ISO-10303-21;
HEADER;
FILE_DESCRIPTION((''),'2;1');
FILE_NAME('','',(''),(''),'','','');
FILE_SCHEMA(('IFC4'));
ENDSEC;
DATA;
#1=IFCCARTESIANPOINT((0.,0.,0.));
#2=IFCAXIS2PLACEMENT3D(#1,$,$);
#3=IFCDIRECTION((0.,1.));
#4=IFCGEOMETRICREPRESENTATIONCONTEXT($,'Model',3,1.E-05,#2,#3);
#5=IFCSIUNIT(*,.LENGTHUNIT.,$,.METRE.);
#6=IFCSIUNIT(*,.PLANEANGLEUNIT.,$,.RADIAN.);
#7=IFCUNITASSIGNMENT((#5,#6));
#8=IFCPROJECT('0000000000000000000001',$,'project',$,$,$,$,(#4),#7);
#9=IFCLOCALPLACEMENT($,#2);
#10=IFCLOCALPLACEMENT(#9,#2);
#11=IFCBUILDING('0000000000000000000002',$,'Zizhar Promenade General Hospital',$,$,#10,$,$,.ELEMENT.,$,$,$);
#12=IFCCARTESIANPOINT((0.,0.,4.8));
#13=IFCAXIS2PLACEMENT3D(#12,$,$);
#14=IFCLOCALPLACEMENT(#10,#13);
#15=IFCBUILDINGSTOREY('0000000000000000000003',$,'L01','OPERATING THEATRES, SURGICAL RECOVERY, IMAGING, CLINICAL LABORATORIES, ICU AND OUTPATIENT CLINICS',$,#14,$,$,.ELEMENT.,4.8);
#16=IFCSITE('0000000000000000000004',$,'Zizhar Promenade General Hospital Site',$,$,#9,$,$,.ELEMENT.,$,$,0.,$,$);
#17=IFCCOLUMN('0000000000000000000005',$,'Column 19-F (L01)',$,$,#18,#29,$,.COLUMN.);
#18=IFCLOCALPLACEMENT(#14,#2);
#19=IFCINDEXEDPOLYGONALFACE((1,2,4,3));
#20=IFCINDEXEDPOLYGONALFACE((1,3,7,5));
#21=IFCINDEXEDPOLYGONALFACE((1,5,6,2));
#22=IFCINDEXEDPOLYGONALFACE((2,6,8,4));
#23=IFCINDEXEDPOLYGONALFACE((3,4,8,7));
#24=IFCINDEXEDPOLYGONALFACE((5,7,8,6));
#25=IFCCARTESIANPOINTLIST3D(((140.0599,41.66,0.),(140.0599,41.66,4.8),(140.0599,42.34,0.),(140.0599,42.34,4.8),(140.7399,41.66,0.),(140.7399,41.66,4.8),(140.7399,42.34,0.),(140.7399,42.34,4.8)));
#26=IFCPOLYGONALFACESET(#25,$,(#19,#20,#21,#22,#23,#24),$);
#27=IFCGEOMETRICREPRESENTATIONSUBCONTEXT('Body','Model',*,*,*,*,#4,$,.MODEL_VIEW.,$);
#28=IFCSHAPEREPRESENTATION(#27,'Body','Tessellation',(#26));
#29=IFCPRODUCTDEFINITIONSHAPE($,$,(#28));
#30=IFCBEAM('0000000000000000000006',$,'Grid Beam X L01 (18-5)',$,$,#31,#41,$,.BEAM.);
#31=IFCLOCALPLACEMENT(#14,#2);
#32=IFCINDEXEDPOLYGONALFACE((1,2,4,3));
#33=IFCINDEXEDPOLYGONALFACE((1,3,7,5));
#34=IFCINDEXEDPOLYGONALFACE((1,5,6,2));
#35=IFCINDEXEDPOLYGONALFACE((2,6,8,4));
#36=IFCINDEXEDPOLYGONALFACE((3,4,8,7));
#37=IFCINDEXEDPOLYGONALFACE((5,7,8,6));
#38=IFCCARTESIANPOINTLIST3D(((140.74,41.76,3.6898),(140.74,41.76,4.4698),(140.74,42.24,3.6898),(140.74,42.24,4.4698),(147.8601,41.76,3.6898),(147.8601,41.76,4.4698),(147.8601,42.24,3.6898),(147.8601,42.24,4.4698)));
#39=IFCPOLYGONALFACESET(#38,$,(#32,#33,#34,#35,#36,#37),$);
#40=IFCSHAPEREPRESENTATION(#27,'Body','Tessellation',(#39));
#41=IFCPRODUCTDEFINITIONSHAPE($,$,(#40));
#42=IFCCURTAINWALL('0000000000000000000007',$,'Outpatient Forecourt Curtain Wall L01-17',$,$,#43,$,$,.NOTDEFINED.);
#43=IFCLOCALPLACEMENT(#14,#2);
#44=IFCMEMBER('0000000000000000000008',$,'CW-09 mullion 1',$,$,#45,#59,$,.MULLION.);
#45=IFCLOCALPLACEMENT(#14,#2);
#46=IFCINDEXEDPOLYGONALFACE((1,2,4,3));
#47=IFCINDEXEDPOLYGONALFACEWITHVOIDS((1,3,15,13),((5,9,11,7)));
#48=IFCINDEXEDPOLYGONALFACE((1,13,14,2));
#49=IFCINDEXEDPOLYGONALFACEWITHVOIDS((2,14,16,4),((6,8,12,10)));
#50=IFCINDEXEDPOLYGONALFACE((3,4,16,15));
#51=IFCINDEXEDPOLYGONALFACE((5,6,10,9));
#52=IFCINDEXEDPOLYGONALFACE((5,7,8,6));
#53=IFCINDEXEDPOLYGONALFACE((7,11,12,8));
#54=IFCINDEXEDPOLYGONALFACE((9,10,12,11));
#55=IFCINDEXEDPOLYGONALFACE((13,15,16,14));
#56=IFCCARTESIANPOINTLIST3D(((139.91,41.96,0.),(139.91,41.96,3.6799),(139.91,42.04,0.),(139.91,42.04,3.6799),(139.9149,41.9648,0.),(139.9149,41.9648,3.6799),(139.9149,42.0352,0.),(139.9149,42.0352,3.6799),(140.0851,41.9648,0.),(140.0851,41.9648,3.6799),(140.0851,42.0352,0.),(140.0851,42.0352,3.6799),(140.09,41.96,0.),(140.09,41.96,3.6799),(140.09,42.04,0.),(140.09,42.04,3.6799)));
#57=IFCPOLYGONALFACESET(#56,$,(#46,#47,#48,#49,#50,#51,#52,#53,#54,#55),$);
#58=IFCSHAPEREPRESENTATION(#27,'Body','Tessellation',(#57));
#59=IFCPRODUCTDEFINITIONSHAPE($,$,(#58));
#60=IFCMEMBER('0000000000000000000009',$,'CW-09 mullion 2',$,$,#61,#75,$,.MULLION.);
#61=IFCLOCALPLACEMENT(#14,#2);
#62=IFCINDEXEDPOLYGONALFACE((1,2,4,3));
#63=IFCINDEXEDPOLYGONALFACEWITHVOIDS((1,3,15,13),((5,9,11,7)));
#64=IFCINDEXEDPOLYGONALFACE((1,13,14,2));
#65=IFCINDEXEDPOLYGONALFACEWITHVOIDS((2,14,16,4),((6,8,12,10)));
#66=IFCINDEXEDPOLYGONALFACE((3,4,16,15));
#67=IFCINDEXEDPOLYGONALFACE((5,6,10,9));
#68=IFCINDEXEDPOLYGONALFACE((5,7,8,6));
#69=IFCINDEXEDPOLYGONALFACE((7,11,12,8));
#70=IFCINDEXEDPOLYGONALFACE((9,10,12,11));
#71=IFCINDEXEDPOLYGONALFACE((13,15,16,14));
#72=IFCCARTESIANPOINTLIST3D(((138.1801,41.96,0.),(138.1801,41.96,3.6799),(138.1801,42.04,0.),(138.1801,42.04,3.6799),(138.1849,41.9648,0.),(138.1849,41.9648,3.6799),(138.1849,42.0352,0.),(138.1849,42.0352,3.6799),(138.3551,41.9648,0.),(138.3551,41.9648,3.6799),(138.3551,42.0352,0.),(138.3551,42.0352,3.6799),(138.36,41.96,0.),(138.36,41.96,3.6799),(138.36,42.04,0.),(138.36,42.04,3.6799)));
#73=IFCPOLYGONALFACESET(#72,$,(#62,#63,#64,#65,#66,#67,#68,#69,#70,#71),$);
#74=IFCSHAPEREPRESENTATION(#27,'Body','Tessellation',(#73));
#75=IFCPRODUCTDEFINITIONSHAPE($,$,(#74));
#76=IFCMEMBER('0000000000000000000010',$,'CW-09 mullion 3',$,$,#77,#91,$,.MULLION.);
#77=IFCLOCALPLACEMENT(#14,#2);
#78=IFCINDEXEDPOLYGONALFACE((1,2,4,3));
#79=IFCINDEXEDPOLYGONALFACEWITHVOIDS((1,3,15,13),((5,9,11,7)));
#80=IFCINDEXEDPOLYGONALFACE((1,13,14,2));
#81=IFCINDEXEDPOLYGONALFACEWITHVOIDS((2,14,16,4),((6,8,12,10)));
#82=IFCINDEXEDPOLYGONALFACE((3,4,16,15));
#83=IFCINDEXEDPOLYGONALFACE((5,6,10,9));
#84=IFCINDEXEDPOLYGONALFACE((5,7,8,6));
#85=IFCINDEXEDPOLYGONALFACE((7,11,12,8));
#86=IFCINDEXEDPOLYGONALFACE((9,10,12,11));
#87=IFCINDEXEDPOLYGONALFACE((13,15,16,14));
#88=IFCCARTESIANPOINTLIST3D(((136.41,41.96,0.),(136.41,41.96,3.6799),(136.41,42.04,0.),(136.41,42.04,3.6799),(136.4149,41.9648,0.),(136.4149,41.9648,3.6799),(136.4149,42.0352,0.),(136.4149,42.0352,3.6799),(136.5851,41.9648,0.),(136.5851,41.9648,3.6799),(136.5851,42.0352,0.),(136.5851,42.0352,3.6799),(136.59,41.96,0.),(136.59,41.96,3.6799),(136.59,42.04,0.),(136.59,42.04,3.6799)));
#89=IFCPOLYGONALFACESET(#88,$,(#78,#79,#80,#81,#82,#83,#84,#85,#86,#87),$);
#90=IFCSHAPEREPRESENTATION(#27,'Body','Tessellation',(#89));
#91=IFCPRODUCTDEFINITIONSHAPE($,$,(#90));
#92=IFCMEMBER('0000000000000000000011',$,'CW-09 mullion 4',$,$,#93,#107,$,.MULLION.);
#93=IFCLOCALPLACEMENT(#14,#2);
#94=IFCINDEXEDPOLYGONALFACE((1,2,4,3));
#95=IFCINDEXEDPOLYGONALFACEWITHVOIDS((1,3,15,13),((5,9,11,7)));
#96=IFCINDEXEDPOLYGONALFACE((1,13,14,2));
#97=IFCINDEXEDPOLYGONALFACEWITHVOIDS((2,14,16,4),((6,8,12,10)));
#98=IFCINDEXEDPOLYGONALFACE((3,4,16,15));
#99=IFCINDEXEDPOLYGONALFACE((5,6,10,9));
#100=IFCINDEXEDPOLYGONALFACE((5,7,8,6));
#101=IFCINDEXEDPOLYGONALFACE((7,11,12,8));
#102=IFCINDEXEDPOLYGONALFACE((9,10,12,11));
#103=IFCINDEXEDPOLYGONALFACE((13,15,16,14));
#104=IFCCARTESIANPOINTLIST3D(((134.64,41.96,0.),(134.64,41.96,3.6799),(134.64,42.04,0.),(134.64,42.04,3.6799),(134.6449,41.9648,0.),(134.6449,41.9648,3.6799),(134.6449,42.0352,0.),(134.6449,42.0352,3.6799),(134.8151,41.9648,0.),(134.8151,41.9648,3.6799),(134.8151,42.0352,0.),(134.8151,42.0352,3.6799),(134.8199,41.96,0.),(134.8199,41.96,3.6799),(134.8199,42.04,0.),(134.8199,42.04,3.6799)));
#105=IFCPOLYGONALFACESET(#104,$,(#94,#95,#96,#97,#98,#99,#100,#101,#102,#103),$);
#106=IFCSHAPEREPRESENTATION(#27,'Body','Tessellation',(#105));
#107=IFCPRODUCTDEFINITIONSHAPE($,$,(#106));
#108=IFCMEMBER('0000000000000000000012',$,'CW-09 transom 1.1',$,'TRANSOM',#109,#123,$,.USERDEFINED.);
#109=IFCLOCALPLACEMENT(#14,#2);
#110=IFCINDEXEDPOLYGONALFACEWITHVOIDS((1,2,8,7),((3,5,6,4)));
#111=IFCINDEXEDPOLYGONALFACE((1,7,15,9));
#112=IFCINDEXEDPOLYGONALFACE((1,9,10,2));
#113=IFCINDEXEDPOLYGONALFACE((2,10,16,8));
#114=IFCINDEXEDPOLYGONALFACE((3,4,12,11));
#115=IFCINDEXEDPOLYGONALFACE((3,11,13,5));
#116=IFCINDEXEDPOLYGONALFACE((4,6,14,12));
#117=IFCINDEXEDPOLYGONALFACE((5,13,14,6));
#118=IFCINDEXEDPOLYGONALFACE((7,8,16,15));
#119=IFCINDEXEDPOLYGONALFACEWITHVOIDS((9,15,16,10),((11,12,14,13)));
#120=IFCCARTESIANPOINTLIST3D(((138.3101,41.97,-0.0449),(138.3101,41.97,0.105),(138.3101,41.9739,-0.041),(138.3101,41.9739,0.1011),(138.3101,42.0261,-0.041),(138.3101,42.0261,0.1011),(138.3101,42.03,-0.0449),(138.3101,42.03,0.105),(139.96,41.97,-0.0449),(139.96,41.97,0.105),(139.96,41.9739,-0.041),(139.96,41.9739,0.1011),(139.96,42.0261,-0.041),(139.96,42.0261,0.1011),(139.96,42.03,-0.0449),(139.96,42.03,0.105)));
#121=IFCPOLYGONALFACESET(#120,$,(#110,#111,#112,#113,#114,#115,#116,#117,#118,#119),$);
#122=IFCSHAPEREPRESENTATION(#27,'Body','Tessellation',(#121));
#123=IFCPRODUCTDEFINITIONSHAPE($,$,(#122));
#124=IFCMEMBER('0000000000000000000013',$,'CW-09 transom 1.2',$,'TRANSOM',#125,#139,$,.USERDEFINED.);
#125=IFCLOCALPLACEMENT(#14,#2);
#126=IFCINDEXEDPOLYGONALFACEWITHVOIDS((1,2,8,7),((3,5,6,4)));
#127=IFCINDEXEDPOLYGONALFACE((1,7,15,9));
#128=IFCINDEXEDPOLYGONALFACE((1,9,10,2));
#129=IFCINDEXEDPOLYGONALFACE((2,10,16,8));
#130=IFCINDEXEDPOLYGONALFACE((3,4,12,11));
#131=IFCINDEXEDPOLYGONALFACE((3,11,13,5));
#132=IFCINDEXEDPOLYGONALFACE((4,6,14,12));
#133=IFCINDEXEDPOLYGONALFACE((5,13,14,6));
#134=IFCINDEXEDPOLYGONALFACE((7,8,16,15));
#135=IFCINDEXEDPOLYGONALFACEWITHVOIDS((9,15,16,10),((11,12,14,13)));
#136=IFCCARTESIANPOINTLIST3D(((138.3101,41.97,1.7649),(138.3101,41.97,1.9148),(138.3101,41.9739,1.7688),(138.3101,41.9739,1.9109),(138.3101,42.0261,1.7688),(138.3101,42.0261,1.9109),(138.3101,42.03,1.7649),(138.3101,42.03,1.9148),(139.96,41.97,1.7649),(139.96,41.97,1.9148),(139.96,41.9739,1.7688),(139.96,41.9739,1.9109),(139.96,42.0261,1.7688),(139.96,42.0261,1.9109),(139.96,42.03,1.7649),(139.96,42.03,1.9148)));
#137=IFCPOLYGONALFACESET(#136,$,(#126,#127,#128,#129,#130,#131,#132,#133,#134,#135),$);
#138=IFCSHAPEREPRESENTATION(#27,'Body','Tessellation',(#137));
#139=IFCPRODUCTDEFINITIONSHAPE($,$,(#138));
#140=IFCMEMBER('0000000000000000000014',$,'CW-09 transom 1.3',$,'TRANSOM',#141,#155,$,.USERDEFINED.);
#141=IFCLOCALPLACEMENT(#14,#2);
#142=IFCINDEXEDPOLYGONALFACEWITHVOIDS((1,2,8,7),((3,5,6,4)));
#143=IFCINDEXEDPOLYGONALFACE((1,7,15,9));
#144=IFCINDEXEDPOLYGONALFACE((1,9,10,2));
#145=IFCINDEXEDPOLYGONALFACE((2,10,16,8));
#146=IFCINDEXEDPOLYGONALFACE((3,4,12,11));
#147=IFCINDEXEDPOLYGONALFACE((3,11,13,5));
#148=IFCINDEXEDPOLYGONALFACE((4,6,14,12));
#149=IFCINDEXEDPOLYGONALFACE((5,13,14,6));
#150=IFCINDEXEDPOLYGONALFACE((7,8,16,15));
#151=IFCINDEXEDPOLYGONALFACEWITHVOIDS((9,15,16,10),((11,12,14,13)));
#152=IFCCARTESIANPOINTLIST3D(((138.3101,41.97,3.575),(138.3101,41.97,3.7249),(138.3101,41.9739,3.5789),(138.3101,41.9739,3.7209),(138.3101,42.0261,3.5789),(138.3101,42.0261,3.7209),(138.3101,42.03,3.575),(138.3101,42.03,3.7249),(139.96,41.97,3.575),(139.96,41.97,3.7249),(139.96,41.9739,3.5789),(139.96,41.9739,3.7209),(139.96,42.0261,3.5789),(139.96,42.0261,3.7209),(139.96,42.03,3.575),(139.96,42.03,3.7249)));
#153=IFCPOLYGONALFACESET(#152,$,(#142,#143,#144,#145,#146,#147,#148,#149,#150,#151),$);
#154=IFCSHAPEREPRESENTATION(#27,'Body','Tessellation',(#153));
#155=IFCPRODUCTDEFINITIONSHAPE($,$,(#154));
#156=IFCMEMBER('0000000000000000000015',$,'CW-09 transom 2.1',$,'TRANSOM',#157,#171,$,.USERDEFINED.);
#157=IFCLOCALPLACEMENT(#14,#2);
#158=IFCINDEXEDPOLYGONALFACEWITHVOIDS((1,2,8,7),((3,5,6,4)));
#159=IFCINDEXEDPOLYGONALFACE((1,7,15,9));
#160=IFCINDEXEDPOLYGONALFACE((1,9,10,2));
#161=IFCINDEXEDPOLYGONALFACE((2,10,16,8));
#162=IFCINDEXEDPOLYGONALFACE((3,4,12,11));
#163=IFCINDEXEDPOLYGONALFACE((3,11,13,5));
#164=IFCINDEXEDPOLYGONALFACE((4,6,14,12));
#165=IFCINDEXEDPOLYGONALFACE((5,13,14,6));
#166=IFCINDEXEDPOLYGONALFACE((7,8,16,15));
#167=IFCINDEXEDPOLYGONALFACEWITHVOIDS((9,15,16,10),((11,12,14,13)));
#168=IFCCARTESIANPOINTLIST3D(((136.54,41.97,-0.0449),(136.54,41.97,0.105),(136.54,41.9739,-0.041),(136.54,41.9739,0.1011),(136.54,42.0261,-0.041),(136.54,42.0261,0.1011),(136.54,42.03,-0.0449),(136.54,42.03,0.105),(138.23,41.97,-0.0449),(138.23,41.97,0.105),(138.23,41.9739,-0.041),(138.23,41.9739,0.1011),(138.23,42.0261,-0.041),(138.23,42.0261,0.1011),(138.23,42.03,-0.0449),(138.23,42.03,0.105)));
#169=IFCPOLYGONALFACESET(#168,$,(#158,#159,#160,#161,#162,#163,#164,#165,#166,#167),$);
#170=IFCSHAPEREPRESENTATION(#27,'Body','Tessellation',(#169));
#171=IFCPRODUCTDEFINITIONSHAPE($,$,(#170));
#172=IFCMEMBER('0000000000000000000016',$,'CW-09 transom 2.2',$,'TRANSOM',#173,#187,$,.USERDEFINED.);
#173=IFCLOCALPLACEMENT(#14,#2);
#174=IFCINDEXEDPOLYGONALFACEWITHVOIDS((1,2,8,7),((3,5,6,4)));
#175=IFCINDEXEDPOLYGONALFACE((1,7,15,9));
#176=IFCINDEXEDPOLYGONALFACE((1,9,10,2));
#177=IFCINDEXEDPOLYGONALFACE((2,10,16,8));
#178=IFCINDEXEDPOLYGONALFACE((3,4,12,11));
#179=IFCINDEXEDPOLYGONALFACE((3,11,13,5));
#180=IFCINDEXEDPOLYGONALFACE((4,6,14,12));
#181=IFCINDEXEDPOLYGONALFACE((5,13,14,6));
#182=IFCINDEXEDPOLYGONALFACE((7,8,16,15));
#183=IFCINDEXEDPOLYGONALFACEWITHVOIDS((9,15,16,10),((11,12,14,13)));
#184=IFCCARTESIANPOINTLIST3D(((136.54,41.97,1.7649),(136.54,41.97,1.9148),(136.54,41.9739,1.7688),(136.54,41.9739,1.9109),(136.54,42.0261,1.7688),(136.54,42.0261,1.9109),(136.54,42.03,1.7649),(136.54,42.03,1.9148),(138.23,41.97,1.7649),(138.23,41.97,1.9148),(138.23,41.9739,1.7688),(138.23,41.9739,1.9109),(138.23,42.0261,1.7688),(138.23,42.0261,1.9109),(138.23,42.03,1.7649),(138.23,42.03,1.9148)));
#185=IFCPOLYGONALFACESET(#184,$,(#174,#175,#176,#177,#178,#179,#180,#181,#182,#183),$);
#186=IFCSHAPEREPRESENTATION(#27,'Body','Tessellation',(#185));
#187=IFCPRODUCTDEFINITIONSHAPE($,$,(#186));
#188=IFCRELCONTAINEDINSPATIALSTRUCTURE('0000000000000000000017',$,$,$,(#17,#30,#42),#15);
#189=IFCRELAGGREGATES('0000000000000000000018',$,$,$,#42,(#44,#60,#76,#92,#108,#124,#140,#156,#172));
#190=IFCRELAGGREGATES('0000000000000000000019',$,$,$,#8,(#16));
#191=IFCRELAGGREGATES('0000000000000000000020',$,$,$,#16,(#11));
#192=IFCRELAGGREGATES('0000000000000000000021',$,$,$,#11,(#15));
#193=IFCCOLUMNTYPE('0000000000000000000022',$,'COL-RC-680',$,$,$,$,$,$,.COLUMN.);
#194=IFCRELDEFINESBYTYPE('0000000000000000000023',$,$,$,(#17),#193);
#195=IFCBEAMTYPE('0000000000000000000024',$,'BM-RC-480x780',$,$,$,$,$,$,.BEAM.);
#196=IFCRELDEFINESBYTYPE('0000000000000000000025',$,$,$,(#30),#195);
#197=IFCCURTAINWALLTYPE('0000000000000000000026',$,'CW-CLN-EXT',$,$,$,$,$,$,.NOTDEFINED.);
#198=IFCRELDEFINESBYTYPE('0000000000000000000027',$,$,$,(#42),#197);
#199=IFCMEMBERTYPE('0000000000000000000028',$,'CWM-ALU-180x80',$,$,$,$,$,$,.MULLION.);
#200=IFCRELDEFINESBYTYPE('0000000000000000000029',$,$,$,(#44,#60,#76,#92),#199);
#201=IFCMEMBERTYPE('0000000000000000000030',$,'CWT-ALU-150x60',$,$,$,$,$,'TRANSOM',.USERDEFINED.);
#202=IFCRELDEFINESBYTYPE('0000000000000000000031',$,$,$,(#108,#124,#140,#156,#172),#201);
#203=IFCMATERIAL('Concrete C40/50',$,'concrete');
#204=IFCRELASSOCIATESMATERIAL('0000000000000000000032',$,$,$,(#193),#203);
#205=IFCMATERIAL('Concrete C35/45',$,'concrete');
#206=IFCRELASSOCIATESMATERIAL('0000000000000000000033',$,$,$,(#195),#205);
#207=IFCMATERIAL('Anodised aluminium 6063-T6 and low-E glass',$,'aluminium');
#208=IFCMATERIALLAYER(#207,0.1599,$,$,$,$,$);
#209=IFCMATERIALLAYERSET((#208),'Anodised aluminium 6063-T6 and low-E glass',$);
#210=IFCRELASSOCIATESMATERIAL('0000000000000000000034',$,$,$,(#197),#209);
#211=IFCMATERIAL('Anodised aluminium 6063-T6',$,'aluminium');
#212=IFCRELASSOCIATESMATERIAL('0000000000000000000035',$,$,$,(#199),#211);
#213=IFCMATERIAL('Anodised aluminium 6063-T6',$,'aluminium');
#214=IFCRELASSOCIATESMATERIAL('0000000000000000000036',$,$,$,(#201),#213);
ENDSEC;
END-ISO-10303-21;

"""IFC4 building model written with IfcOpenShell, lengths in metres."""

from ifc_helpers import new_model, si_unit, direction, frame, origin, origin_2d, place, context, subcontext, project, spatial, rectangle, hollow_rectangle, extrude, material, layer, layer_set, material_profile, profile_set, type_object, element, aggregate, save


model = new_model("IFC4")

# Units and contexts
model_context = context("Model", 3, precision=1e-05, world=origin(), true_north=direction((0.0, 1.0)))
body_context = subcontext(model_context, "Body", "Model", "MODEL_VIEW")
ifc_project = project(units=[si_unit("LENGTHUNIT", "METRE"), si_unit("PLANEANGLEUNIT", "RADIAN")], contexts=[model_context])

# Site, building, storey
site_placement = place(None, origin())
site = spatial("IfcSite", under=ifc_project, at=site_placement, Name="Zizhar Promenade General Hospital Site", CompositionType="ELEMENT", RefElevation=0.0)
building_placement = place(site_placement, origin())
building = spatial("IfcBuilding", under=site, at=building_placement, Name="Zizhar Promenade General Hospital", CompositionType="ELEMENT")
storey_placement = place(building_placement, frame((0.0, 0.0, 4.8)))
storey = spatial("IfcBuildingStorey", under=building, at=storey_placement, Name="L01", Description="OPERATING THEATRES, SURGICAL RECOVERY, IMAGING, CLINICAL LABORATORIES, ICU AND OUTPATIENT CLINICS", CompositionType="ELEMENT", Elevation=4.8)

# Column
ifc_material_1 = material(Name="Concrete C40/50", Category="concrete")
ifc_material_profile_1 = material_profile(ifc_material_1, rectangle(XDim=0.6799, YDim=0.6799, at=origin_2d()))
ifc_profile_set_1 = profile_set([ifc_material_profile_1], Name="Concrete C40/50")
column_type = type_object("IfcColumnType", Name="COL-RC-680", PredefinedType="COLUMN", material=ifc_profile_set_1)
column_placement = place(storey_placement, frame((140.3999, 42.0, 0.0), z_axis=(0.0, 0.0, 1.0), x_axis=(1.0, 0.0, 0.0)))
element("IfcColumn", 1, at=column_placement, inside=storey, type_object=column_type, Name="Column 19-F (L01)", PredefinedType="COLUMN", context=body_context, shape_type="SweptSolid", body=[
    extrude(rectangle(XDim=0.6799, YDim=0.6799, at=origin_2d()), origin(), (0.0, 0.0, 1.0), 4.8),
])

# Beam
ifc_material_2 = material(Name="Concrete C35/45", Category="concrete")
ifc_material_profile_2 = material_profile(ifc_material_2, rectangle(XDim=0.48, YDim=0.78, at=origin_2d()))
ifc_profile_set_2 = profile_set([ifc_material_profile_2], Name="Concrete C35/45")
beam_type = type_object("IfcBeamType", Name="BM-RC-480x780", PredefinedType="BEAM", material=ifc_profile_set_2)
beam_placement = place(storey_placement, frame((140.74, 42.0, 4.0798), z_axis=(1.0, 0.0, 0.0), x_axis=(0.0, 1.0, 0.0)))
element("IfcBeam", 2, at=beam_placement, inside=storey, type_object=beam_type, Name="Grid Beam X L01 (18-5)", PredefinedType="BEAM", context=body_context, shape_type="SweptSolid", body=[
    extrude(rectangle(XDim=0.48, YDim=0.78, at=origin_2d()), origin(), (0.0, 0.0, 1.0), 7.1201),
])

# Curtain wall, members
ifc_material_3 = material(Name="Anodised aluminium 6063-T6 and low-E glass", Category="aluminium")
ifc_layer_1 = layer(ifc_material_3, 0.1599)
ifc_layer_set_1 = layer_set([ifc_layer_1], Name="Anodised aluminium 6063-T6 and low-E glass")
curtain_wall_type = type_object("IfcCurtainWallType", Name="CW-CLN-EXT", PredefinedType="NOTDEFINED", material=ifc_layer_set_1)
curtain_wall_placement = place(storey_placement, origin())
curtain_wall = element("IfcCurtainWall", 3, at=curtain_wall_placement, inside=storey, type_object=curtain_wall_type, Name="Outpatient Forecourt Curtain Wall L01-17", PredefinedType="NOTDEFINED")
ifc_material_4 = material(Name="Anodised aluminium 6063-T6", Category="aluminium")
ifc_material_profile_3 = material_profile(ifc_material_4, hollow_rectangle(XDim=0.0801, YDim=0.1799, WallThickness=0.0049, at=origin_2d()))
ifc_profile_set_3 = profile_set([ifc_material_profile_3], Name="Anodised aluminium 6063-T6")
member_type_1 = type_object("IfcMemberType", Name="CWM-ALU-180x80", PredefinedType="MULLION", material=ifc_profile_set_3)
member_1_placement = place(storey_placement, frame((140.0, 42.0, 0.0), z_axis=(0.0, 0.0, 1.0), x_axis=(0.0, -1.0, 0.0)))
member_1 = element("IfcMember", 4, at=member_1_placement, type_object=member_type_1, Name="CW-09 mullion 1", PredefinedType="MULLION", context=body_context, shape_type="SweptSolid", body=[
    extrude(hollow_rectangle(XDim=0.0801, YDim=0.1799, WallThickness=0.0049, at=origin_2d()), origin(), (0.0, 0.0, 1.0), 3.6799),
])
member_2_placement = place(storey_placement, frame((138.27, 42.0, 0.0), z_axis=(0.0, 0.0, 1.0), x_axis=(0.0, -1.0, 0.0)))
member_2 = element("IfcMember", 5, at=member_2_placement, type_object=member_type_1, Name="CW-09 mullion 2", PredefinedType="MULLION", context=body_context, shape_type="SweptSolid", body=[
    extrude(hollow_rectangle(XDim=0.0801, YDim=0.1799, WallThickness=0.0049, at=origin_2d()), origin(), (0.0, 0.0, 1.0), 3.6799),
])
member_3_placement = place(storey_placement, frame((136.5, 42.0, 0.0), z_axis=(0.0, 0.0, 1.0), x_axis=(0.0, -1.0, 0.0)))
member_3 = element("IfcMember", 6, at=member_3_placement, type_object=member_type_1, Name="CW-09 mullion 3", PredefinedType="MULLION", context=body_context, shape_type="SweptSolid", body=[
    extrude(hollow_rectangle(XDim=0.0801, YDim=0.1799, WallThickness=0.0049, at=origin_2d()), origin(), (0.0, 0.0, 1.0), 3.6799),
])
member_4_placement = place(storey_placement, frame((134.73, 42.0, 0.0), z_axis=(0.0, 0.0, 1.0), x_axis=(0.0, -1.0, 0.0)))
member_4 = element("IfcMember", 7, at=member_4_placement, type_object=member_type_1, Name="CW-09 mullion 4", PredefinedType="MULLION", context=body_context, shape_type="SweptSolid", body=[
    extrude(hollow_rectangle(XDim=0.0801, YDim=0.1799, WallThickness=0.0049, at=origin_2d()), origin(), (0.0, 0.0, 1.0), 3.6799),
])
ifc_material_5 = material(Name="Anodised aluminium 6063-T6", Category="aluminium")
ifc_material_profile_4 = material_profile(ifc_material_5, hollow_rectangle(XDim=0.0601, YDim=0.1499, WallThickness=0.0039, at=origin_2d()))
ifc_profile_set_4 = profile_set([ifc_material_profile_4], Name="Anodised aluminium 6063-T6")
member_type_2 = type_object("IfcMemberType", Name="CWT-ALU-150x60", ElementType="TRANSOM", PredefinedType="USERDEFINED", material=ifc_profile_set_4)
member_5_placement = place(storey_placement, frame((139.96, 42.0, 0.03), z_axis=(-1.0, 0.0, 0.0), x_axis=(0.0, -1.0, 0.0)))
member_5 = element("IfcMember", 8, at=member_5_placement, type_object=member_type_2, Name="CW-09 transom 1.1", ObjectType="TRANSOM", PredefinedType="USERDEFINED", context=body_context, shape_type="SweptSolid", body=[
    extrude(hollow_rectangle(XDim=0.0601, YDim=0.1499, WallThickness=0.0039, at=origin_2d()), origin(), (0.0, 0.0, 1.0), 1.6499),
])
member_6_placement = place(storey_placement, frame((139.96, 42.0, 1.8398), z_axis=(-1.0, 0.0, 0.0), x_axis=(0.0, -1.0, 0.0)))
member_6 = element("IfcMember", 9, at=member_6_placement, type_object=member_type_2, Name="CW-09 transom 1.2", ObjectType="TRANSOM", PredefinedType="USERDEFINED", context=body_context, shape_type="SweptSolid", body=[
    extrude(hollow_rectangle(XDim=0.0601, YDim=0.1499, WallThickness=0.0039, at=origin_2d()), origin(), (0.0, 0.0, 1.0), 1.6499),
])
member_7_placement = place(storey_placement, frame((139.96, 42.0, 3.6499), z_axis=(-1.0, 0.0, 0.0), x_axis=(0.0, -1.0, 0.0)))
member_7 = element("IfcMember", 10, at=member_7_placement, type_object=member_type_2, Name="CW-09 transom 1.3", ObjectType="TRANSOM", PredefinedType="USERDEFINED", context=body_context, shape_type="SweptSolid", body=[
    extrude(hollow_rectangle(XDim=0.0601, YDim=0.1499, WallThickness=0.0039, at=origin_2d()), origin(), (0.0, 0.0, 1.0), 1.6499),
])
member_8_placement = place(storey_placement, frame((138.23, 42.0, 0.03), z_axis=(-1.0, 0.0, 0.0), x_axis=(0.0, -1.0, 0.0)))
member_8 = element("IfcMember", 11, at=member_8_placement, type_object=member_type_2, Name="CW-09 transom 2.1", ObjectType="TRANSOM", PredefinedType="USERDEFINED", context=body_context, shape_type="SweptSolid", body=[
    extrude(hollow_rectangle(XDim=0.0601, YDim=0.1499, WallThickness=0.0039, at=origin_2d()), origin(), (0.0, 0.0, 1.0), 1.6899),
])
member_9_placement = place(storey_placement, frame((138.23, 42.0, 1.8398), z_axis=(-1.0, 0.0, 0.0), x_axis=(0.0, -1.0, 0.0)))
member_9 = element("IfcMember", 12, at=member_9_placement, type_object=member_type_2, Name="CW-09 transom 2.2", ObjectType="TRANSOM", PredefinedType="USERDEFINED", context=body_context, shape_type="SweptSolid", body=[
    extrude(hollow_rectangle(XDim=0.0601, YDim=0.1499, WallThickness=0.0039, at=origin_2d()), origin(), (0.0, 0.0, 1.0), 1.6899),
])
aggregate(curtain_wall, [member_1, member_2, member_3, member_4, member_5, member_6, member_7, member_8, member_9])

save(model, "model.ifc")
